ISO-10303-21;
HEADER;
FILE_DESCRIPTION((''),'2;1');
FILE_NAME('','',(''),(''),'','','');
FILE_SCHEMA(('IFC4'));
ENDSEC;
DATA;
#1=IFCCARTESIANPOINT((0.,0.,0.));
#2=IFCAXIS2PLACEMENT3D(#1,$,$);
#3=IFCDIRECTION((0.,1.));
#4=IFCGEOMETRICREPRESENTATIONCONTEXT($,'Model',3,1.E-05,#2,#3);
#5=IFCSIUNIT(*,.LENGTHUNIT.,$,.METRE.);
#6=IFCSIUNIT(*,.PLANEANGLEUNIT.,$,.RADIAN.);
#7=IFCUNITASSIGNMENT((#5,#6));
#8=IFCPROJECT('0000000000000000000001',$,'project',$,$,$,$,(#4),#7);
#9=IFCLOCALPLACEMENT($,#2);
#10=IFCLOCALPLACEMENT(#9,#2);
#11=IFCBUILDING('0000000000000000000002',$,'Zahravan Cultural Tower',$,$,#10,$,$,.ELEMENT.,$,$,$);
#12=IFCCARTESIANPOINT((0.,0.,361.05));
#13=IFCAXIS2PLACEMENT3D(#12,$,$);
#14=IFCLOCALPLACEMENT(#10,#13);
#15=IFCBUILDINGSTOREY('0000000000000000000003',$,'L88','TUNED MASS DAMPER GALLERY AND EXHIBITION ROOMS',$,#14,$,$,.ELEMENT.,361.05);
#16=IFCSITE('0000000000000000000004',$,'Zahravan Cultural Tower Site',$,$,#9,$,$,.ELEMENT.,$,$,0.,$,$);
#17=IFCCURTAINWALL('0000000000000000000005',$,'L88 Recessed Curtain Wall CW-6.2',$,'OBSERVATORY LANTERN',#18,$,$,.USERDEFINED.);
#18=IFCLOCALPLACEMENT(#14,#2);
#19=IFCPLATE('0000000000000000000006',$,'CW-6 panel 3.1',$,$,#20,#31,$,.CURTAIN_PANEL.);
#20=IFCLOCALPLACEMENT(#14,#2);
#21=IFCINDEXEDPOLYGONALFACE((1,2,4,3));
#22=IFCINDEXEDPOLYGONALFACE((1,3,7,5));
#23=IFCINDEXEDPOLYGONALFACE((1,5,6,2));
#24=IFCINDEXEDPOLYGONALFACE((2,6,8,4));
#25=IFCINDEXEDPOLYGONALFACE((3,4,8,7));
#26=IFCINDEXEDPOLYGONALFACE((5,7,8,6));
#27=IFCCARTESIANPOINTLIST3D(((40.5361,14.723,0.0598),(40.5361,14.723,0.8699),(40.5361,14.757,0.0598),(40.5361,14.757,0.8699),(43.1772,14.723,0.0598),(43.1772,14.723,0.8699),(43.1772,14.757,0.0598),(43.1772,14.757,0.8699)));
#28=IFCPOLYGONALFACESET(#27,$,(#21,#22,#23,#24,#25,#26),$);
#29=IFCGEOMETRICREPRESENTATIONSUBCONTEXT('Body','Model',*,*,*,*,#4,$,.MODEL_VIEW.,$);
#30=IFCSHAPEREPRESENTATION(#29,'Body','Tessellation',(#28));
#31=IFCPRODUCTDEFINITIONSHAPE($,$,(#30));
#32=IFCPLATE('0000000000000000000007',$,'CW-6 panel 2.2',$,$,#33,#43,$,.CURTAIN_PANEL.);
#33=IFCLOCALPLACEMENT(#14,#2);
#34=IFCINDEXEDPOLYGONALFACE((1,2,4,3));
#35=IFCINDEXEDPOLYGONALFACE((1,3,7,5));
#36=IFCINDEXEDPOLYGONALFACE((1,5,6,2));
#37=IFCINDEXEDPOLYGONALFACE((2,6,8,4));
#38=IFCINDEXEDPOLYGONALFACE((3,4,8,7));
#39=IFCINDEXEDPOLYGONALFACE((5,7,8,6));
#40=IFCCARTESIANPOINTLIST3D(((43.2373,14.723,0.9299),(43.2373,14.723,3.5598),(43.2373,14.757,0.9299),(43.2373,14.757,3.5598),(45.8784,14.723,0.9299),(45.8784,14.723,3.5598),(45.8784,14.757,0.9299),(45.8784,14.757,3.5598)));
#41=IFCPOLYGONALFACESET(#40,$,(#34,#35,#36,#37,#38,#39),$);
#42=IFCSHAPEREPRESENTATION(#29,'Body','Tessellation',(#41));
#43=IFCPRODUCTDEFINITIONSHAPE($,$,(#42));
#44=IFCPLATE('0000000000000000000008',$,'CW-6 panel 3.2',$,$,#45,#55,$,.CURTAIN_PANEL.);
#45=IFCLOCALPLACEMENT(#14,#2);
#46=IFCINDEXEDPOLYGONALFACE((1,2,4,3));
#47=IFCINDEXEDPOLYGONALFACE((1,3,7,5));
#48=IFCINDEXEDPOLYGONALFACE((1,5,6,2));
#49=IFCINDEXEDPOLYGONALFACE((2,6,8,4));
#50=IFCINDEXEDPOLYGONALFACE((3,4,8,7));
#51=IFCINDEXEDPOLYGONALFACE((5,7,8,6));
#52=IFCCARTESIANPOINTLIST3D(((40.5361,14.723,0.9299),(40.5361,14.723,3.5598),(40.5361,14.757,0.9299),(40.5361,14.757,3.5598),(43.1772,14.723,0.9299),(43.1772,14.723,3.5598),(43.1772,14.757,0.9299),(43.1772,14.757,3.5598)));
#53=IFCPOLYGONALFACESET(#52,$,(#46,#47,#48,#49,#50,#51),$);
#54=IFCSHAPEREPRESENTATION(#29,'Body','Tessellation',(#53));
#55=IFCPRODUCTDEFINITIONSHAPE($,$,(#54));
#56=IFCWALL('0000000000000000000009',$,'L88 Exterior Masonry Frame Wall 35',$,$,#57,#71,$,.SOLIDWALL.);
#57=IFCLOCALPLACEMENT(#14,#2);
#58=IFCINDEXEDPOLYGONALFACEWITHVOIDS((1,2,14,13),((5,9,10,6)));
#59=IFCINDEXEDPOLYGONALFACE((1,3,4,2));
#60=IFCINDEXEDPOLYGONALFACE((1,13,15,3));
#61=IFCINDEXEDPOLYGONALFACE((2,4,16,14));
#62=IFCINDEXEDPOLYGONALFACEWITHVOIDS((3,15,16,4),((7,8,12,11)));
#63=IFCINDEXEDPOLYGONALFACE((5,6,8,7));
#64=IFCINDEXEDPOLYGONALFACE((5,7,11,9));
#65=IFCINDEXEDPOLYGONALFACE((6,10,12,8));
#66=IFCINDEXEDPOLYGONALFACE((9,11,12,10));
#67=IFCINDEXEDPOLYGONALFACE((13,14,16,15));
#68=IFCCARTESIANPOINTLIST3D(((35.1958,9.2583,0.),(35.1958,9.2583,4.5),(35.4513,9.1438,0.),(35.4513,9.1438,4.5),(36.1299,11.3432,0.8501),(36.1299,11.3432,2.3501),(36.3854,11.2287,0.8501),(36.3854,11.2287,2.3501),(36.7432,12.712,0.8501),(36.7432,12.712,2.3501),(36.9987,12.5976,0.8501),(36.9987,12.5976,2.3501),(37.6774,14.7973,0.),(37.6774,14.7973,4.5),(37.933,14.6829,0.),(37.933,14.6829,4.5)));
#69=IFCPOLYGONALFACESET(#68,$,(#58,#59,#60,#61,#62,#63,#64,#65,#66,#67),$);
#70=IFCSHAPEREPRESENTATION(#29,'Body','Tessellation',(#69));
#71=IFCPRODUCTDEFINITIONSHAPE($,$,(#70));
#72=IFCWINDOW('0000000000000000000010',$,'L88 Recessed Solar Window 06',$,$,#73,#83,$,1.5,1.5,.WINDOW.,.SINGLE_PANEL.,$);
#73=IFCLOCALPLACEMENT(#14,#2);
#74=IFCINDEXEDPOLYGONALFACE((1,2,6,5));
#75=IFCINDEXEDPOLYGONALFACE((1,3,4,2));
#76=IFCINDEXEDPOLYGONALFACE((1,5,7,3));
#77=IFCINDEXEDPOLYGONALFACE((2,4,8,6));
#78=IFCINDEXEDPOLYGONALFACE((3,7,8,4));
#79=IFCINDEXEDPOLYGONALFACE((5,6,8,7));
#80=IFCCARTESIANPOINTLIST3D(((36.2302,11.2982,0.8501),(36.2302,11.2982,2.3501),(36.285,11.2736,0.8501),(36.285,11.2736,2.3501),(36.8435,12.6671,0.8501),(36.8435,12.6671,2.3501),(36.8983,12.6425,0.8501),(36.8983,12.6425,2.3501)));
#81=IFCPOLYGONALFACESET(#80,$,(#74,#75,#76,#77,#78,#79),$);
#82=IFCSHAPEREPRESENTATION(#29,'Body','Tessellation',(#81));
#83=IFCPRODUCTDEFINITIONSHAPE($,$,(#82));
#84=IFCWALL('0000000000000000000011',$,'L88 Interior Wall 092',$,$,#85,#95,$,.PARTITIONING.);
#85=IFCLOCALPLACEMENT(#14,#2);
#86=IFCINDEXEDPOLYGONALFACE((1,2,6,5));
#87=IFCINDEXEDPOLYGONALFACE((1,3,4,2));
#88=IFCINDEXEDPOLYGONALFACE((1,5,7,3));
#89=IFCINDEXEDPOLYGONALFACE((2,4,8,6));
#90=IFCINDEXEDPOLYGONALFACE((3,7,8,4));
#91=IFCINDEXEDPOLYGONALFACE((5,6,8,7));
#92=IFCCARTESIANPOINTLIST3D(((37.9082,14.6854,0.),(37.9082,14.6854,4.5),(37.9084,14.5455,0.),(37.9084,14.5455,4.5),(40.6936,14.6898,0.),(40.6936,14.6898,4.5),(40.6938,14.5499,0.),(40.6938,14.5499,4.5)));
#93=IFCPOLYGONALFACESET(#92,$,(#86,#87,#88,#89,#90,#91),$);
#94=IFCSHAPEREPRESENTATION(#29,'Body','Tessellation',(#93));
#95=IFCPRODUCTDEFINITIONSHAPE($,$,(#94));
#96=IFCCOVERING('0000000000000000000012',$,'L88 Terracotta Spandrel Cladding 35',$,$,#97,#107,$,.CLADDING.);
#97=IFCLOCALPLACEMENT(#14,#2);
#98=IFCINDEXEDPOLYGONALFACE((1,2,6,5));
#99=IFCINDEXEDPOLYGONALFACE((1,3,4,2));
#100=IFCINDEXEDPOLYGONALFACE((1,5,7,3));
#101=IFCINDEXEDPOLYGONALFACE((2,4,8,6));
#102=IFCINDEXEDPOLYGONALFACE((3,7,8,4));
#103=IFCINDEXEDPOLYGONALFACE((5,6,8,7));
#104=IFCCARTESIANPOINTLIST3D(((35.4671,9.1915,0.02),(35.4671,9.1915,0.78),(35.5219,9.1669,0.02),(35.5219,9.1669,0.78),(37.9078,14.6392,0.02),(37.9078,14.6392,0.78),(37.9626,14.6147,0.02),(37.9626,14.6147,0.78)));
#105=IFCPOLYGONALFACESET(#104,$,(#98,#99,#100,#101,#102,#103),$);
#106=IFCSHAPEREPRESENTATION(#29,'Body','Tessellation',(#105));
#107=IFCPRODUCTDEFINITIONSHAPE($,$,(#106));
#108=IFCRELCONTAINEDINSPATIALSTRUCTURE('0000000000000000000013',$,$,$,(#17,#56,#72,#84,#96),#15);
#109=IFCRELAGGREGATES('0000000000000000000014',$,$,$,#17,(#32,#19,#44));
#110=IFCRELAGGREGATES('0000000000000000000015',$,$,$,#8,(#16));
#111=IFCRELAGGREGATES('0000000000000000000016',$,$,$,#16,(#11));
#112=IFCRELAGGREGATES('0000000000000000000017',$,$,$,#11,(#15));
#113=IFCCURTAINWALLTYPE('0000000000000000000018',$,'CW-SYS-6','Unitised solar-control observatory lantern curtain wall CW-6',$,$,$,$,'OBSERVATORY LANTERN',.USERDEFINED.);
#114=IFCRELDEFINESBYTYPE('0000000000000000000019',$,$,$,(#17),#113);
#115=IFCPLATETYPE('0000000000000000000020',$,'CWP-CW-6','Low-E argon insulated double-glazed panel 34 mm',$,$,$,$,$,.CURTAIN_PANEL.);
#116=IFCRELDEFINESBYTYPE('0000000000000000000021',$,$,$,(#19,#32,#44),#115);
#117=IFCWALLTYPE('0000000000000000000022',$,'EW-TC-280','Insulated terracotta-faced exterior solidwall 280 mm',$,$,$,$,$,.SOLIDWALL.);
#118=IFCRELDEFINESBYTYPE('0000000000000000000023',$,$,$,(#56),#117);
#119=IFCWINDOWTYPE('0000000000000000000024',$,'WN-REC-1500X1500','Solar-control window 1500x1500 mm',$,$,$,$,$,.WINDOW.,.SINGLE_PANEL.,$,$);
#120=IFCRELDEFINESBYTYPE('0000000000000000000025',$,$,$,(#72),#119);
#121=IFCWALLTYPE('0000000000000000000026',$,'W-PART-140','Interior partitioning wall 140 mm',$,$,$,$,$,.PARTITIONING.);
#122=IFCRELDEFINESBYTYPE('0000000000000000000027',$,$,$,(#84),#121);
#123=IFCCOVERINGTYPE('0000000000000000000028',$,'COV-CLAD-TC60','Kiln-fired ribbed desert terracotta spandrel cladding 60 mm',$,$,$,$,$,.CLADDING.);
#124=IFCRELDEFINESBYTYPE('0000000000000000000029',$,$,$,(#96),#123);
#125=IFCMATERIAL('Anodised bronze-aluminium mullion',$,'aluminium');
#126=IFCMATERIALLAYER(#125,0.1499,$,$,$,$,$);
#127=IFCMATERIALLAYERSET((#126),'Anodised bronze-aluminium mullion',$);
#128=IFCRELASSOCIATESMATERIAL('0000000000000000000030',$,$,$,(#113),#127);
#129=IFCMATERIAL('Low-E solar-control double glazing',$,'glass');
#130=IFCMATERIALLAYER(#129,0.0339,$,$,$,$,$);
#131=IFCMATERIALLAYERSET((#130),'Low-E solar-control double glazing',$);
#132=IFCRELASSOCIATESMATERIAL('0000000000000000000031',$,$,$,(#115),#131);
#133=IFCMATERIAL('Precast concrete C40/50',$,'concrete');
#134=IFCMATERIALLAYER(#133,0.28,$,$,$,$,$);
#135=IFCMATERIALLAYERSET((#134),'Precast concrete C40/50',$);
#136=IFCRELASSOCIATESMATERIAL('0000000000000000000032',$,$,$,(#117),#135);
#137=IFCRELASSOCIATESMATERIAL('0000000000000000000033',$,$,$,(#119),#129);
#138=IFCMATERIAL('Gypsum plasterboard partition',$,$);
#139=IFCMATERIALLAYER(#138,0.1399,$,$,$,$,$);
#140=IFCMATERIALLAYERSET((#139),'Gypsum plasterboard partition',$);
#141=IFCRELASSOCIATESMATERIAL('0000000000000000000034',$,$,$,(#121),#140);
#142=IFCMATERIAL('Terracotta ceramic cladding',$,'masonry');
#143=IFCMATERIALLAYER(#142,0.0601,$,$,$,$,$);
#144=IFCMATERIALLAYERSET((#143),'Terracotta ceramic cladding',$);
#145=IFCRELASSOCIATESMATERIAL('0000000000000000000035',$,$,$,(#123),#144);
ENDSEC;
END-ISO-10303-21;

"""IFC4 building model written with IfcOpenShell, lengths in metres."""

from ifc_helpers import new_model, si_unit, direction, frame, frame_2d, origin, origin_2d, place, context, subcontext, project, spatial, rectangle, extrude, source, transform, mapped, material, layer, layer_set, type_object, element, fill, aggregate, save


model = new_model("IFC4")

# Units and contexts
model_context = context("Model", 3, precision=1e-05, world=origin(), true_north=direction((0.0, 1.0)))
body_context = subcontext(model_context, "Body", "Model", "MODEL_VIEW")
ifc_project = project(units=[si_unit("LENGTHUNIT", "METRE"), si_unit("PLANEANGLEUNIT", "RADIAN")], contexts=[model_context])

# Site, building, storey
site_placement = place(None, origin())
site = spatial("IfcSite", under=ifc_project, at=site_placement, Name="Zahravan Cultural Tower Site", CompositionType="ELEMENT", RefElevation=0.0)
building_placement = place(site_placement, origin())
building = spatial("IfcBuilding", under=site, at=building_placement, Name="Zahravan Cultural Tower", CompositionType="ELEMENT")
storey_placement = place(building_placement, frame((0.0, 0.0, 361.05)))
storey = spatial("IfcBuildingStorey", under=building, at=storey_placement, Name="L88", Description="TUNED MASS DAMPER GALLERY AND EXHIBITION ROOMS", CompositionType="ELEMENT", Elevation=361.05)

# Curtain wall, plates
ifc_material_1 = material(Name="Anodised bronze-aluminium mullion", Category="aluminium")
ifc_layer_1 = layer(ifc_material_1, 0.1499)
ifc_layer_set_1 = layer_set([ifc_layer_1], Name="Anodised bronze-aluminium mullion")
curtain_wall_type = type_object("IfcCurtainWallType", Name="CW-SYS-6", Description="Unitised solar-control observatory lantern curtain wall CW-6", ElementType="OBSERVATORY LANTERN", PredefinedType="USERDEFINED", material=ifc_layer_set_1)
curtain_wall_placement = place(storey_placement, origin())
curtain_wall = element("IfcCurtainWall", 1, at=curtain_wall_placement, inside=storey, type_object=curtain_wall_type, Name="L88 Recessed Curtain Wall CW-6.2", ObjectType="OBSERVATORY LANTERN", PredefinedType="USERDEFINED")
ifc_material_2 = material(Name="Low-E solar-control double glazing", Category="glass")
ifc_layer_2 = layer(ifc_material_2, 0.0339)
ifc_layer_set_2 = layer_set([ifc_layer_2], Name="Low-E solar-control double glazing")
plate_type = type_object("IfcPlateType", Name="CWP-CW-6", Description="Low-E argon insulated double-glazed panel 34 mm", PredefinedType="CURTAIN_PANEL", material=ifc_layer_set_2)
shared_shape_1 = source(origin(), body_context, "Body", "SweptSolid", [
    extrude(rectangle(XDim=2.6411, YDim=0.0339, at=origin_2d()), origin(), (0.0, 0.0, 1.0), 0.8101),
])
plate_1_placement = place(storey_placement, frame((41.8567, 14.74, 0.0598), z_axis=(0.0, 0.0, 1.0), x_axis=(-1.0, 0.0, 0.0)))
plate_1 = element("IfcPlate", 2, at=plate_1_placement, type_object=plate_type, Name="CW-6 panel 3.1", PredefinedType="CURTAIN_PANEL", context=body_context, shape_type="MappedRepresentation", body=[
    mapped(shared_shape_1, transform((0.0, 0.0, 0.0), x_axis=(1.0, 0.0, 0.0), y_axis=(0.0, 1.0, 0.0), z_axis=(0.0, 0.0, 1.0), scale=1.0)),
])
shared_shape_2 = source(origin(), body_context, "Body", "SweptSolid", [
    extrude(rectangle(XDim=2.6411, YDim=0.0339, at=origin_2d()), origin(), (0.0, 0.0, 1.0), 2.6299),
])
plate_2_placement = place(storey_placement, frame((44.5579, 14.74, 0.9299), z_axis=(0.0, 0.0, 1.0), x_axis=(-1.0, 0.0, 0.0)))
plate_2 = element("IfcPlate", 3, at=plate_2_placement, type_object=plate_type, Name="CW-6 panel 2.2", PredefinedType="CURTAIN_PANEL", context=body_context, shape_type="MappedRepresentation", body=[
    mapped(shared_shape_2, transform((0.0, 0.0, 0.0), x_axis=(1.0, 0.0, 0.0), y_axis=(0.0, 1.0, 0.0), z_axis=(0.0, 0.0, 1.0), scale=1.0)),
])
plate_3_placement = place(storey_placement, frame((41.8567, 14.74, 0.9299), z_axis=(0.0, 0.0, 1.0), x_axis=(-1.0, 0.0, 0.0)))
plate_3 = element("IfcPlate", 4, at=plate_3_placement, type_object=plate_type, Name="CW-6 panel 3.2", PredefinedType="CURTAIN_PANEL", context=body_context, shape_type="MappedRepresentation", body=[
    mapped(shared_shape_2, transform((0.0, 0.0, 0.0), x_axis=(1.0, 0.0, 0.0), y_axis=(0.0, 1.0, 0.0), z_axis=(0.0, 0.0, 1.0), scale=1.0)),
])
aggregate(curtain_wall, [plate_2, plate_1, plate_3])

# Wall, opening, window
ifc_material_3 = material(Name="Precast concrete C40/50", Category="concrete")
ifc_layer_3 = layer(ifc_material_3, 0.28)
ifc_layer_set_3 = layer_set([ifc_layer_3], Name="Precast concrete C40/50")
wall_type_1 = type_object("IfcWallType", Name="EW-TC-280", Description="Insulated terracotta-faced exterior solidwall 280 mm", PredefinedType="SOLIDWALL", material=ifc_layer_set_3)
wall_1_placement = place(storey_placement, frame((37.8052, 14.74, 0.0), z_axis=(0.0, 0.0, 1.0), x_axis=(-0.408872, -0.912592, 0.0)))
wall_1 = element("IfcWall", 5, at=wall_1_placement, inside=storey, type_object=wall_type_1, Name="L88 Exterior Masonry Frame Wall 35", PredefinedType="SOLIDWALL", context=body_context, shape_type="SweptSolid", body=[
    extrude(rectangle(XDim=6.0696, YDim=0.28, at=frame_2d((3.0347, 0.0))), origin(), (0.0, 0.0, 1.0), 4.5),
])
opening_placement = place(wall_1_placement, frame((2.2849, 0.0, 0.8501)))
opening = element("IfcOpeningElement", 6, at=opening_placement, cuts=wall_1, PredefinedType="OPENING", context=body_context, shape_type="SweptSolid", body=[
    extrude(rectangle(XDim=1.5, YDim=1.5, at=frame_2d((0.75, 0.75))), frame((0.0, 0.1499, 0.0), z_axis=(0.0, -1.0, 0.0), x_axis=(1.0, 0.0, 0.0)), (0.0, 0.0, 1.0), 0.3),
])
window_type = type_object("IfcWindowType", Name="WN-REC-1500X1500", Description="Solar-control window 1500x1500 mm", PartitioningType="SINGLE_PANEL", PredefinedType="WINDOW", material=ifc_material_2)
shared_shape_3 = source(origin(), body_context, "Body", "SweptSolid", [
    extrude(rectangle(XDim=1.5, YDim=1.5, at=frame_2d((0.75, 0.75))), frame((0.0, 0.03, 0.0), z_axis=(0.0, -1.0, 0.0), x_axis=(1.0, 0.0, 0.0)), (0.0, 0.0, 1.0), 0.0601),
])
window_placement = place(opening_placement, origin())
window = element("IfcWindow", 7, at=window_placement, inside=storey, type_object=window_type, Name="L88 Recessed Solar Window 06", OverallHeight=1.5, OverallWidth=1.5, PartitioningType="SINGLE_PANEL", PredefinedType="WINDOW", context=body_context, shape_type="MappedRepresentation", body=[
    mapped(shared_shape_3, transform((0.0, 0.0, 0.0), x_axis=(1.0, 0.0, 0.0), y_axis=(0.0, 1.0, 0.0), z_axis=(0.0, 0.0, 1.0), scale=1.0)),
])
fill(opening, window)

# Wall
ifc_material_4 = material(Name="Gypsum plasterboard partition")
ifc_layer_4 = layer(ifc_material_4, 0.1399)
ifc_layer_set_4 = layer_set([ifc_layer_4], Name="Gypsum plasterboard partition")
wall_type_2 = type_object("IfcWallType", Name="W-PART-140", Description="Interior partitioning wall 140 mm", PredefinedType="PARTITIONING", material=ifc_layer_set_4)
shared_shape_4 = source(origin(), body_context, "Body", "SweptSolid", [
    extrude(rectangle(XDim=2.7854, YDim=0.1399, at=frame_2d((1.3926, 0.0))), origin(), (0.0, 0.0, 1.0), 4.5),
])
wall_2_placement = place(storey_placement, frame((40.6936, 14.6199, 0.0), z_axis=(0.0, 0.0, 1.0), x_axis=(-0.999999, -0.001578, 0.0)))
element("IfcWall", 8, at=wall_2_placement, inside=storey, type_object=wall_type_2, Name="L88 Interior Wall 092", PredefinedType="PARTITIONING", context=body_context, shape_type="MappedRepresentation", body=[
    mapped(shared_shape_4, transform((0.0, 0.0, 0.0), x_axis=(1.0, 0.0, 0.0), y_axis=(0.0, 1.0, 0.0), z_axis=(0.0, 0.0, 1.0), scale=1.0)),
])

# Covering
ifc_material_5 = material(Name="Terracotta ceramic cladding", Category="masonry")
ifc_layer_5 = layer(ifc_material_5, 0.0601)
ifc_layer_set_5 = layer_set([ifc_layer_5], Name="Terracotta ceramic cladding")
covering_type = type_object("IfcCoveringType", Name="COV-CLAD-TC60", Description="Kiln-fired ribbed desert terracotta spandrel cladding 60 mm", PredefinedType="CLADDING", material=ifc_layer_set_5)
shared_shape_5 = source(origin(), body_context, "Body", "SweptSolid", [
    extrude(rectangle(XDim=5.9695, YDim=0.0601, at=origin_2d()), origin(), (0.0, 0.0, 1.0), 0.76),
])
covering_placement = place(storey_placement, frame((36.7148, 11.9031, 0.02), z_axis=(0.0, 0.0, 1.0), x_axis=(-0.408856, -0.912599, 0.0)))
element("IfcCovering", 9, at=covering_placement, inside=storey, type_object=covering_type, Name="L88 Terracotta Spandrel Cladding 35", PredefinedType="CLADDING", context=body_context, shape_type="MappedRepresentation", body=[
    mapped(shared_shape_5, transform((0.0, 0.0, 0.0), x_axis=(1.0, 0.0, 0.0), y_axis=(0.0, 1.0, 0.0), z_axis=(0.0, 0.0, 1.0), scale=1.0)),
])

save(model, "model.ifc")
